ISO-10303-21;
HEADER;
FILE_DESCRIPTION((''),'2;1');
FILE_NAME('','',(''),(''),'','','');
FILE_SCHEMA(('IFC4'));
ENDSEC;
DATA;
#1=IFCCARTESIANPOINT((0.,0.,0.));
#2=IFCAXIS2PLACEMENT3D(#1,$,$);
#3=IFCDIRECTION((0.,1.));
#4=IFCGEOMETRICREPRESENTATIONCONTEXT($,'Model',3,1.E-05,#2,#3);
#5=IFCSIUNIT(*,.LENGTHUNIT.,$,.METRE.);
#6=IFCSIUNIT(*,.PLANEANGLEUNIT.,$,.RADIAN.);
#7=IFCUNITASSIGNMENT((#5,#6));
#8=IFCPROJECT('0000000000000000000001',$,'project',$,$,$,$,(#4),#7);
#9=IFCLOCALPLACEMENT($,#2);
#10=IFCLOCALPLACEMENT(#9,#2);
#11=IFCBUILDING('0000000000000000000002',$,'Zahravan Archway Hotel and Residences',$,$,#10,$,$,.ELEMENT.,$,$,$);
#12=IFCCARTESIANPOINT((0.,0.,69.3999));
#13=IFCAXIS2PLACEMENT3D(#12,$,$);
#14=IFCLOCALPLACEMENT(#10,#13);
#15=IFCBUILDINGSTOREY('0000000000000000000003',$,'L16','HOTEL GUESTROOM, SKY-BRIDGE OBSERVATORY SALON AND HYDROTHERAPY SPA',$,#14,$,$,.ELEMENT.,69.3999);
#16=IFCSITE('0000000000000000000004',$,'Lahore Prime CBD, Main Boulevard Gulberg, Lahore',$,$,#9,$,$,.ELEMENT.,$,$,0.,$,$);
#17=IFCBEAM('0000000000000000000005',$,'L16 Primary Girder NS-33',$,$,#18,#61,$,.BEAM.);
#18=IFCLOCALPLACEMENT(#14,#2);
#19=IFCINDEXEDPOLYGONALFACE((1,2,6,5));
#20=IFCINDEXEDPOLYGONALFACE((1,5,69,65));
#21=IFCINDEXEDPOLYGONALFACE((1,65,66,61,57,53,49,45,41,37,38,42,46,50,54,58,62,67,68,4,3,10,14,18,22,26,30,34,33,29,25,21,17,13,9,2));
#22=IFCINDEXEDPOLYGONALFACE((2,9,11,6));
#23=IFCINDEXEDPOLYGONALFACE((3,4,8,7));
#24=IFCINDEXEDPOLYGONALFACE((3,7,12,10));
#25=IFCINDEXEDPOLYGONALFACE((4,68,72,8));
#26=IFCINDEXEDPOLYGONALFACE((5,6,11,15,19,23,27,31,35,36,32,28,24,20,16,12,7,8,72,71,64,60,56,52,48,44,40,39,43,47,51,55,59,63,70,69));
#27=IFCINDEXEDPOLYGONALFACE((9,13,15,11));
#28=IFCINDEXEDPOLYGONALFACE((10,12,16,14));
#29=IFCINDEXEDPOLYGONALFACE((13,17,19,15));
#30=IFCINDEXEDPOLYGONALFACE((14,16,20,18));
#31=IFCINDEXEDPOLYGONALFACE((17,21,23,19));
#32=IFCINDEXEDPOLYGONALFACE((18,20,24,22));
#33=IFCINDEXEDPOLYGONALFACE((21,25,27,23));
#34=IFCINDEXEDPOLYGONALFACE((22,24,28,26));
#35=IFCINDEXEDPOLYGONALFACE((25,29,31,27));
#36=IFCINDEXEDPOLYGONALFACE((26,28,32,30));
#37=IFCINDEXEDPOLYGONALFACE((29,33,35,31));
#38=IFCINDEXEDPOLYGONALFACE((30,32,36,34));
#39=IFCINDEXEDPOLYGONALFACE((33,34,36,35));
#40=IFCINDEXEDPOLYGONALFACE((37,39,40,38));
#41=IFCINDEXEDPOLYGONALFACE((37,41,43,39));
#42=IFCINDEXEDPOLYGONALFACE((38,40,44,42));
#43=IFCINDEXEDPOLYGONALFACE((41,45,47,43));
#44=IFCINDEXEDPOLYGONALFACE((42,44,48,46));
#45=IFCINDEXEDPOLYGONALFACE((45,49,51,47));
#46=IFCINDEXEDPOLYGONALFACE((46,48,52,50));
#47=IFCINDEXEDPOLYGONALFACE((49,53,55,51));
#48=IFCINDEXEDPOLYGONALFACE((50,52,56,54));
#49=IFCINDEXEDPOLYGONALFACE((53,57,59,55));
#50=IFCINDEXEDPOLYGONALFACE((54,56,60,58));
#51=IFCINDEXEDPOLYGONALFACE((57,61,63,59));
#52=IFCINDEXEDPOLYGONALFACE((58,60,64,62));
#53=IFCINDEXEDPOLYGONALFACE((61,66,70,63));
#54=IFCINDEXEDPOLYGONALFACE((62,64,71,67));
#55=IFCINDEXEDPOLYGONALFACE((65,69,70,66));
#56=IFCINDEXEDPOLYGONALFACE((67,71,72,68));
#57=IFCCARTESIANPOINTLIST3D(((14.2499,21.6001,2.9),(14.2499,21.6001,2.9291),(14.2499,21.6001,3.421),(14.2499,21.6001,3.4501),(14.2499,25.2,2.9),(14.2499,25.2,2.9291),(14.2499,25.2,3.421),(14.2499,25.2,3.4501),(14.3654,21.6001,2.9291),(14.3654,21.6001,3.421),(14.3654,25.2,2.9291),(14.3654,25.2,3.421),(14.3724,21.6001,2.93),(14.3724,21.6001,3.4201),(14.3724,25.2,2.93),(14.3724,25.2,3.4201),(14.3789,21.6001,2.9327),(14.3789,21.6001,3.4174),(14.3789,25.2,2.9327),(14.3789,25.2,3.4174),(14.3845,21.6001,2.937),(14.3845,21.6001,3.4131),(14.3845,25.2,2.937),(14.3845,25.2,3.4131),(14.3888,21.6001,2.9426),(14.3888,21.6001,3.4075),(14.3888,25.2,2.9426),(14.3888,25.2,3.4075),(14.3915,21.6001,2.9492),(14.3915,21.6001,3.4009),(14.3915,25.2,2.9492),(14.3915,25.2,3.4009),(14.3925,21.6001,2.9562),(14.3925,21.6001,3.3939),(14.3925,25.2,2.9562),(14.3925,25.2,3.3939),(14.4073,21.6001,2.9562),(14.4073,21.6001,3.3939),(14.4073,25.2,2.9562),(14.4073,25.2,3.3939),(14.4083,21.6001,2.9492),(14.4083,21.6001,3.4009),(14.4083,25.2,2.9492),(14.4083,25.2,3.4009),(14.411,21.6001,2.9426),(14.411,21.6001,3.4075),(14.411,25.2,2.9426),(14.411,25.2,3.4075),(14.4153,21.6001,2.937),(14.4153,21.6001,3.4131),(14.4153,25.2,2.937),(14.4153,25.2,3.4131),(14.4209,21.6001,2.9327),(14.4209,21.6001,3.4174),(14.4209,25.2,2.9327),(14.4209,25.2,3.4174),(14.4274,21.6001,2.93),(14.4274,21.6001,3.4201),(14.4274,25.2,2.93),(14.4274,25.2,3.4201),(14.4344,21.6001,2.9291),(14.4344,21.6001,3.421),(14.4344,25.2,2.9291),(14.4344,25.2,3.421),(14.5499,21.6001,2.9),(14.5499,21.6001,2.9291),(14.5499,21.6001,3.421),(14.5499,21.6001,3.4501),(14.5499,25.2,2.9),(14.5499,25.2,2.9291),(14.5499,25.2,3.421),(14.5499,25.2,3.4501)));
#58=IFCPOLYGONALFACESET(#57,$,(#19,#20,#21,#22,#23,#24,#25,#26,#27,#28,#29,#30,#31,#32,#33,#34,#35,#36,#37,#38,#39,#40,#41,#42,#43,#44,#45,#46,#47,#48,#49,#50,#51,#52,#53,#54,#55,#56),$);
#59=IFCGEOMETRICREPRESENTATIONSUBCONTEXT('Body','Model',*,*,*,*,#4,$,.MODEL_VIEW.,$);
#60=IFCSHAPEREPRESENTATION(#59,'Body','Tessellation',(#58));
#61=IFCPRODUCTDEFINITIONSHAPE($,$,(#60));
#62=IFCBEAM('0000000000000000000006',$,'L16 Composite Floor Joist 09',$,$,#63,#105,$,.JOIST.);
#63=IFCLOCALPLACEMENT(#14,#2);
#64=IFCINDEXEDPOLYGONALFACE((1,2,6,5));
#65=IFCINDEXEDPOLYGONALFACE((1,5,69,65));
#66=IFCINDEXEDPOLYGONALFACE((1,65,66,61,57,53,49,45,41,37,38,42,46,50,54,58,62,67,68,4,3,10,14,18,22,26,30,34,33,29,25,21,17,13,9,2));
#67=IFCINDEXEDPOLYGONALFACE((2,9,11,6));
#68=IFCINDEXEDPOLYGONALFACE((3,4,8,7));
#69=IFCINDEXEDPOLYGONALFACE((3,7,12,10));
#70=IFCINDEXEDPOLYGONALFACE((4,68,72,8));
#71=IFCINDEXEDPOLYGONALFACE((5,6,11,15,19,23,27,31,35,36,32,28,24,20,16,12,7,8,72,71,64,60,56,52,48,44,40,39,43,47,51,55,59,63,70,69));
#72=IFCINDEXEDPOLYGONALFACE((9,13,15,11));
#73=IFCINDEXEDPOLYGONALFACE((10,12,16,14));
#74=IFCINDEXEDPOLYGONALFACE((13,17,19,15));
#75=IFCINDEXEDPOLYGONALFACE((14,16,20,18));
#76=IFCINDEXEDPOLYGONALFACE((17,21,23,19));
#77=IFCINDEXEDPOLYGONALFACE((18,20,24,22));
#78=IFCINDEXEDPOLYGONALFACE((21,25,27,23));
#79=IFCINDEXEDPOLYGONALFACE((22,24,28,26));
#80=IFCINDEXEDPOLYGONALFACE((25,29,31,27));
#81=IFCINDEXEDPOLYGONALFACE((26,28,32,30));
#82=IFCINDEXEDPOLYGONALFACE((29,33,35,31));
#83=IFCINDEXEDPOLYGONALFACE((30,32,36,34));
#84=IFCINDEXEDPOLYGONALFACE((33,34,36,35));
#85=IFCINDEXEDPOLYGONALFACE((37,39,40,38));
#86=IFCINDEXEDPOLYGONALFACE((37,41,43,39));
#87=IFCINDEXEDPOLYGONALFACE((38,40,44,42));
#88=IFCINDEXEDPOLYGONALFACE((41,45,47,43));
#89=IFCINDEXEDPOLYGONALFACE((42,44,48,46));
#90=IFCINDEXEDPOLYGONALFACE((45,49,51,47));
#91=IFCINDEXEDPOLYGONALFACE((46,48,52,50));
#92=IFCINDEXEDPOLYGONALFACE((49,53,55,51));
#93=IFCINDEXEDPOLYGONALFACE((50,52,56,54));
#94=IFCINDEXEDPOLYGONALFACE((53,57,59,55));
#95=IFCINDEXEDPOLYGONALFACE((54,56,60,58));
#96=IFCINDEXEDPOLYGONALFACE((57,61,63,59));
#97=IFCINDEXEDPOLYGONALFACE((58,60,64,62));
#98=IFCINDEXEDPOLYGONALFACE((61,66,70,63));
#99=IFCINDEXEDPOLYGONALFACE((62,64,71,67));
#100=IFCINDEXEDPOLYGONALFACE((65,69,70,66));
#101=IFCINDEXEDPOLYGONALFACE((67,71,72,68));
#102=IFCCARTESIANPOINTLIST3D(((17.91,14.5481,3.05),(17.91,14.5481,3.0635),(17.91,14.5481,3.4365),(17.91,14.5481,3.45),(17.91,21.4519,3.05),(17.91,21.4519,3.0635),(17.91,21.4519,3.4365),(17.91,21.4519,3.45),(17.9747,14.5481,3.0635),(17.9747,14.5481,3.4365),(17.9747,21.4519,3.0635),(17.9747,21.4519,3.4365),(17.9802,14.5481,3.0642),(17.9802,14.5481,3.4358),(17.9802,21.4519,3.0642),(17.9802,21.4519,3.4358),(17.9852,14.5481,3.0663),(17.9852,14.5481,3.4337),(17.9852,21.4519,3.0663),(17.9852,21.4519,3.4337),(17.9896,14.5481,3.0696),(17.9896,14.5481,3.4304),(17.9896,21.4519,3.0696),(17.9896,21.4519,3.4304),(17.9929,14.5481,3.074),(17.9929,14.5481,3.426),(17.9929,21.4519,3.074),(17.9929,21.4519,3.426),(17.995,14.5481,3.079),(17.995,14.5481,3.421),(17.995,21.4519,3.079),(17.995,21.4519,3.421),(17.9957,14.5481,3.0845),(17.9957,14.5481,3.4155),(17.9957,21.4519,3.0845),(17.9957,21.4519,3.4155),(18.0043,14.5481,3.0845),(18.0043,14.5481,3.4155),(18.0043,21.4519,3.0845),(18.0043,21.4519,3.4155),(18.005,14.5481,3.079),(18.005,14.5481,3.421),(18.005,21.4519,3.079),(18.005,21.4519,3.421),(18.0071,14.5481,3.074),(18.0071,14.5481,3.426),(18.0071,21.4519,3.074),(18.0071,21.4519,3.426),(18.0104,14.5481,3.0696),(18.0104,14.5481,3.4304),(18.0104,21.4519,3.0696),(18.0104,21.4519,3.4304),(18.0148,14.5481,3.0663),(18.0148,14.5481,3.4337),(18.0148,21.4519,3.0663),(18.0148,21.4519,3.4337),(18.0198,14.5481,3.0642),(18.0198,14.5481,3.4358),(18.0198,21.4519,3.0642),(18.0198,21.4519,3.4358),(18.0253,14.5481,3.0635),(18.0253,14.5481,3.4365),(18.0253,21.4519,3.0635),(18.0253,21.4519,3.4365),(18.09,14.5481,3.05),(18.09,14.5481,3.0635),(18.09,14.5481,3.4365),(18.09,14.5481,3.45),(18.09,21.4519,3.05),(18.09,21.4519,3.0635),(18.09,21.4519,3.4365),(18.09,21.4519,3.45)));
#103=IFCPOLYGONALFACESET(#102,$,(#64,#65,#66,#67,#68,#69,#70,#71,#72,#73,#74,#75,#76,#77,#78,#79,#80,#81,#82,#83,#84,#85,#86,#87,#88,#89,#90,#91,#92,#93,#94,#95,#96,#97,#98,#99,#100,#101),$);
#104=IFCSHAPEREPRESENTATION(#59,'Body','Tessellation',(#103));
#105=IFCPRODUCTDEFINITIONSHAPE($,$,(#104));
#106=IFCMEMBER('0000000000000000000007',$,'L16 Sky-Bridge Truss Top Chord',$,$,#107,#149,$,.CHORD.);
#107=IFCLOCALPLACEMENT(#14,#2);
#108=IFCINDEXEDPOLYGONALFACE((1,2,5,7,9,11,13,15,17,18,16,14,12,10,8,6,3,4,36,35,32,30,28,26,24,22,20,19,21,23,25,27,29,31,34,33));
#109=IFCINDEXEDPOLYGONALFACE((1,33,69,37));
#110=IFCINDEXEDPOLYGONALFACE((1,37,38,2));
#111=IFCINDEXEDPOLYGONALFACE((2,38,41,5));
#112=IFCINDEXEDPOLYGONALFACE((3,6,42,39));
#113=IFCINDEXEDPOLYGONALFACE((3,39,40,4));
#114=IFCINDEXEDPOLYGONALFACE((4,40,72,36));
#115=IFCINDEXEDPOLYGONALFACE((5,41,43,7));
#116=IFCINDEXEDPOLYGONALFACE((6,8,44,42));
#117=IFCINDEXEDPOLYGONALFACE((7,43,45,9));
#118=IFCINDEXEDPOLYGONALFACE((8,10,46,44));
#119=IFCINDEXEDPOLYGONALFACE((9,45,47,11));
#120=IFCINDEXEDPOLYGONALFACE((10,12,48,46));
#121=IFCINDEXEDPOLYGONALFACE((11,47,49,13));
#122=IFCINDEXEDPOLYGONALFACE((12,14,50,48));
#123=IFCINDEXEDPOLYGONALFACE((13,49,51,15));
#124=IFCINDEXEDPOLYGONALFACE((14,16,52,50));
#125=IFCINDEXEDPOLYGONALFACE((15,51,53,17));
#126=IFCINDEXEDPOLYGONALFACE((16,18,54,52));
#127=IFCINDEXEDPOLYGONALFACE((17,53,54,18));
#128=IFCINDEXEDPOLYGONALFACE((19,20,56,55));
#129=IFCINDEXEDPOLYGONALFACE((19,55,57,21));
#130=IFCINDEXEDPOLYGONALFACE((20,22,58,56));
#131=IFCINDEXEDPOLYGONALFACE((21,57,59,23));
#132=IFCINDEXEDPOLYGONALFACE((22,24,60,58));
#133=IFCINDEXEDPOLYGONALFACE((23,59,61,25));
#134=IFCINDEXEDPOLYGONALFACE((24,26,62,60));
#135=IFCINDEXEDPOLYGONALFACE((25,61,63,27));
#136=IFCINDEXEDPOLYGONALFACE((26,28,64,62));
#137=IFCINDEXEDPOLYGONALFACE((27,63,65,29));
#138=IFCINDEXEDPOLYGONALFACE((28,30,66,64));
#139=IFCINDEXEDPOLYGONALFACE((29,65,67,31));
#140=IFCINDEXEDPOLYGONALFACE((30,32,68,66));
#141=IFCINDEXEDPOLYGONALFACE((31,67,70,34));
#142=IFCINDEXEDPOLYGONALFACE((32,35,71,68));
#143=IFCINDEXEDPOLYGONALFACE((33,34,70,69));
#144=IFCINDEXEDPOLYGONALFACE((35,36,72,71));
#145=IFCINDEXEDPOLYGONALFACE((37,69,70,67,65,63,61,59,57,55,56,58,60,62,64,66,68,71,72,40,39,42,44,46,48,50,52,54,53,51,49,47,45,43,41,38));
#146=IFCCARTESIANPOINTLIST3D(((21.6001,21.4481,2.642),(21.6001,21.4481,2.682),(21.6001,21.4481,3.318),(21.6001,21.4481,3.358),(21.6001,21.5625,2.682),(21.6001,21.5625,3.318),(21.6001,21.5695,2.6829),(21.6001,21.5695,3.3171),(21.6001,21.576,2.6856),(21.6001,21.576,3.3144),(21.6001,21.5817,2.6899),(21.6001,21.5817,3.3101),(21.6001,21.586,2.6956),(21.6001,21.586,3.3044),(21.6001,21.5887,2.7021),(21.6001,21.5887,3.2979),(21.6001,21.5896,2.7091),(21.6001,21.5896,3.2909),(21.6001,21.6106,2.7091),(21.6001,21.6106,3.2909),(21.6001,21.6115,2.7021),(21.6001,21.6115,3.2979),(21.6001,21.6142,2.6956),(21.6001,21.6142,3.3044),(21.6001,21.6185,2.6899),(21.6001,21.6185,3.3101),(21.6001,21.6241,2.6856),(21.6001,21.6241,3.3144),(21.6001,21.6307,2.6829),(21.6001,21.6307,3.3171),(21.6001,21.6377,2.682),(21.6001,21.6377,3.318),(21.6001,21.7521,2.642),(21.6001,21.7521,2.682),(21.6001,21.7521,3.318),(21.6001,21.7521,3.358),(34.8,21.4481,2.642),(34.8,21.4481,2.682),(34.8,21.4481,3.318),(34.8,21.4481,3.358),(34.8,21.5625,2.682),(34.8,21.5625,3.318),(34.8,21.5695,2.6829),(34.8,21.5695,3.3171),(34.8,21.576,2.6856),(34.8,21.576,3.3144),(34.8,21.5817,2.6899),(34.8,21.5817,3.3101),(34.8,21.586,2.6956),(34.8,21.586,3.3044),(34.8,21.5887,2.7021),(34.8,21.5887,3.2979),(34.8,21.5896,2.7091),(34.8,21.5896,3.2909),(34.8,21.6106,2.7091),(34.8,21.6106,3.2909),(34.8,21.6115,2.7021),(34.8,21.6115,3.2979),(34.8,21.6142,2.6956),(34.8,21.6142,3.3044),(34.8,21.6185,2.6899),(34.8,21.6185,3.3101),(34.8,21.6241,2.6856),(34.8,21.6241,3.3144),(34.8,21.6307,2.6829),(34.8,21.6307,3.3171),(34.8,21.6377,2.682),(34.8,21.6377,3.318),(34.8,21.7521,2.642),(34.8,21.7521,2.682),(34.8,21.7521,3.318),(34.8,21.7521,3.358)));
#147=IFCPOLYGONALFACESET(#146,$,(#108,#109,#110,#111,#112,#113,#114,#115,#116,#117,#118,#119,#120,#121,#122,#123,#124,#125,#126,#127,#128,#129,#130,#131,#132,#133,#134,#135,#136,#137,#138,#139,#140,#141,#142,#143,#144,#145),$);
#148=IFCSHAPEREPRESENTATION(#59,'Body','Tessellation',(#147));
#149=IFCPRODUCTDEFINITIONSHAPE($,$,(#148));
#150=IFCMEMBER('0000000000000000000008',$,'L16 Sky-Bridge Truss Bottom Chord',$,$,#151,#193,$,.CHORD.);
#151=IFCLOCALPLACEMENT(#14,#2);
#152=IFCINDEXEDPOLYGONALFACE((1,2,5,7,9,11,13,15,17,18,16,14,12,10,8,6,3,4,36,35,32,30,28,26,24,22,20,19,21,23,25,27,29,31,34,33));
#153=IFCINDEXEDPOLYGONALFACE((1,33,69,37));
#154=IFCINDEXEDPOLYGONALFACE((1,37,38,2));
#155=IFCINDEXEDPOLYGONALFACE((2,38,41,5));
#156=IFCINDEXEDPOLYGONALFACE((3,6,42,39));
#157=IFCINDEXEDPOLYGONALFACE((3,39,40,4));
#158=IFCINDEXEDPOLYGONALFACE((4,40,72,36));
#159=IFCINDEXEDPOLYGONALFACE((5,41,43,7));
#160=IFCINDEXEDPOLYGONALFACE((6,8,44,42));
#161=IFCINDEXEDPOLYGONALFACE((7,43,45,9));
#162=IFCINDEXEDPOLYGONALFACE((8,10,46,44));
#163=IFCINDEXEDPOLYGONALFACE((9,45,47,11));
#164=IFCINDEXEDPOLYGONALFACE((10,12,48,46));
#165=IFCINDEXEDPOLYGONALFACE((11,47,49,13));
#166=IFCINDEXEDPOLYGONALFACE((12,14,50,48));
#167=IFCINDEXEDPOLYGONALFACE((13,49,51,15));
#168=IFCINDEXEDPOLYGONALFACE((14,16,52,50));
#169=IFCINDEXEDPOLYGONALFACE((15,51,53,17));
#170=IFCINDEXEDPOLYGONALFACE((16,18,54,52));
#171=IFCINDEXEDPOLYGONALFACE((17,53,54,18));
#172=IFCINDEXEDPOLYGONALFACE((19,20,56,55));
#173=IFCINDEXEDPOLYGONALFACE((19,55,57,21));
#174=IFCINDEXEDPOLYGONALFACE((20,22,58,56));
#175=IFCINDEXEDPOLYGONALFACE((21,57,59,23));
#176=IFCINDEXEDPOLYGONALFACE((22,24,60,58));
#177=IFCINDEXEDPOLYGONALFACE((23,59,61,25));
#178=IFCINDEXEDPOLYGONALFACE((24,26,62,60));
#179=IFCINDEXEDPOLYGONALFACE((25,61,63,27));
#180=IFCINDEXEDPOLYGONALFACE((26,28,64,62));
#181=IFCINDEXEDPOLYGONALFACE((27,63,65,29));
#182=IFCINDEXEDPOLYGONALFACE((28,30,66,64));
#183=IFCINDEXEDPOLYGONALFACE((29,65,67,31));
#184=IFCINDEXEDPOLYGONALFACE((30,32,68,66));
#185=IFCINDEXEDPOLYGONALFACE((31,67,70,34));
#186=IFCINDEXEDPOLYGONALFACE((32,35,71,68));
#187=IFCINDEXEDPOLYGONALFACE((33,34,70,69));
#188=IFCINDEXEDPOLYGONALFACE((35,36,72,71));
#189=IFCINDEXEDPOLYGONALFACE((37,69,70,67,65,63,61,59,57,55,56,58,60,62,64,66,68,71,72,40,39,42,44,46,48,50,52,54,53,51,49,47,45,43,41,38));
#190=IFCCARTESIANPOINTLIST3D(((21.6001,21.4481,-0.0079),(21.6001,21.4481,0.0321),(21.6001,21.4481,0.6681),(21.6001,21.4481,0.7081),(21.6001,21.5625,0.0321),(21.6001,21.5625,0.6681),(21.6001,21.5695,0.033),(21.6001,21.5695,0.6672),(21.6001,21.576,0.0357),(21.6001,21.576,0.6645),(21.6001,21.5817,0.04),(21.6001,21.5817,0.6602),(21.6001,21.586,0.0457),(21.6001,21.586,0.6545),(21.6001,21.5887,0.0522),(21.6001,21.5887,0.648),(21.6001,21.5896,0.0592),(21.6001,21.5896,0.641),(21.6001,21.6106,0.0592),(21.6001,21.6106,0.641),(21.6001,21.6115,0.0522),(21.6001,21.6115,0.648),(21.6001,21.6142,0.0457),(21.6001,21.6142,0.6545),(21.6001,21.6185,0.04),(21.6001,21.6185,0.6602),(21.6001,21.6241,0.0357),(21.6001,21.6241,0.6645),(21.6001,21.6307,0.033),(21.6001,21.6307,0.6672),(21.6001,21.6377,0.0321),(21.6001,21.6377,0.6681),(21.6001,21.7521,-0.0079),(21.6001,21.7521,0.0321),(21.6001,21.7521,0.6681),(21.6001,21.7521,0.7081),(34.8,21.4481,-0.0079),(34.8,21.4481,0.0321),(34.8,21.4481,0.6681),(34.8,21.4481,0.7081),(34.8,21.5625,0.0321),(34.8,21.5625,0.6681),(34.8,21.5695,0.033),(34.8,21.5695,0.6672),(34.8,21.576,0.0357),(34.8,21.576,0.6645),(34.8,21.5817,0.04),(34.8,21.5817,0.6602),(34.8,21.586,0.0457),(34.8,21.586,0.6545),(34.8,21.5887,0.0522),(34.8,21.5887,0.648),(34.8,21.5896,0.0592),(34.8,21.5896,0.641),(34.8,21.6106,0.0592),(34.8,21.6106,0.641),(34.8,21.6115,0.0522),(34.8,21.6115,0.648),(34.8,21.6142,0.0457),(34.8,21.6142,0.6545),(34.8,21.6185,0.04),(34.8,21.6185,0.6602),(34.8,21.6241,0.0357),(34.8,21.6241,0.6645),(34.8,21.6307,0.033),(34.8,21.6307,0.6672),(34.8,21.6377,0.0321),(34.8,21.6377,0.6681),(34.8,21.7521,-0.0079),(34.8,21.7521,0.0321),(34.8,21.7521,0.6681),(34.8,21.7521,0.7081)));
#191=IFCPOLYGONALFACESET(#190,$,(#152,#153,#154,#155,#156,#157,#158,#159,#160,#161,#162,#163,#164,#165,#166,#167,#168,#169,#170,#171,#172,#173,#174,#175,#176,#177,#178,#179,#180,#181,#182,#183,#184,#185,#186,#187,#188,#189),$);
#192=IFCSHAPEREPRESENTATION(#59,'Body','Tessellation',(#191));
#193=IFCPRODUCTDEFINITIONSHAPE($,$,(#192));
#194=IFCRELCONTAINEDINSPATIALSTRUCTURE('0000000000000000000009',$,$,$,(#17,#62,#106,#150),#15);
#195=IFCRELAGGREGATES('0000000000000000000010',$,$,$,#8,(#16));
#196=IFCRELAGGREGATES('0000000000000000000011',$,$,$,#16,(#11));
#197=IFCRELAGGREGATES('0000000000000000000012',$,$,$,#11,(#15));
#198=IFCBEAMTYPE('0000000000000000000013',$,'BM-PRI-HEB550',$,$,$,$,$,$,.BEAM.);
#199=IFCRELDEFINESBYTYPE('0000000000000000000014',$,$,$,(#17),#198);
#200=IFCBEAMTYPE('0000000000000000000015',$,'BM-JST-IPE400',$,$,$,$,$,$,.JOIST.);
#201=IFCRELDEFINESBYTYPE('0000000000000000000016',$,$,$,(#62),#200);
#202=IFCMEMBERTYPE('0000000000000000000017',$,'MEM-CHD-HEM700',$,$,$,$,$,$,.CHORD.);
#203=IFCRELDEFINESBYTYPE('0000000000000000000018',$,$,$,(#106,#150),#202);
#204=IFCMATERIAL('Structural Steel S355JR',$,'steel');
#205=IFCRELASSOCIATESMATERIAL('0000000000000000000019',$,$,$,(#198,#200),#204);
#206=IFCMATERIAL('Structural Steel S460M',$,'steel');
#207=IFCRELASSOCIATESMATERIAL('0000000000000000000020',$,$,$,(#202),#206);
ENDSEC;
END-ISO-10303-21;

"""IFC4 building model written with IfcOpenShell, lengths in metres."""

from ifc_helpers import new_model, si_unit, direction, frame, origin, origin_2d, place, context, subcontext, project, spatial, i_section, extrude, source, transform, mapped, material, material_profile, profile_set, type_object, type_shapes, element, save


model = new_model("IFC4")

# Units and contexts
model_context = context("Model", 3, precision=1e-05, world=origin(), true_north=direction((0.0, 1.0)))
body_context = subcontext(model_context, "Body", "Model", "MODEL_VIEW")
ifc_project = project(units=[si_unit("LENGTHUNIT", "METRE"), si_unit("PLANEANGLEUNIT", "RADIAN")], contexts=[model_context])

# Site, building, storey
site_placement = place(None, origin())
site = spatial("IfcSite", under=ifc_project, at=site_placement, Name="Lahore Prime CBD, Main Boulevard Gulberg, Lahore", CompositionType="ELEMENT", RefElevation=0.0)
building_placement = place(site_placement, origin())
building = spatial("IfcBuilding", under=site, at=building_placement, Name="Zahravan Archway Hotel and Residences", CompositionType="ELEMENT")
storey_placement = place(building_placement, frame((0.0, 0.0, 69.3999)))
storey = spatial("IfcBuildingStorey", under=building, at=storey_placement, Name="L16", Description="HOTEL GUESTROOM, SKY-BRIDGE OBSERVATORY SALON AND HYDROTHERAPY SPA", CompositionType="ELEMENT", Elevation=69.3999)

# Beams
ifc_material_1 = material(Name="Structural Steel S355JR", Category="steel")
ifc_material_profile_1 = material_profile(ifc_material_1, i_section(OverallWidth=0.3, OverallDepth=0.55, WebThickness=0.0149, FlangeThickness=0.0291, FilletRadius=0.0271, at=origin_2d()), Name="HEB 550", Category="steel")
ifc_profile_set_1 = profile_set([ifc_material_profile_1], Name="Structural Steel S355JR")
beam_type_1 = type_object("IfcBeamType", Name="BM-PRI-HEB550", PredefinedType="BEAM", material=ifc_profile_set_1)
shared_shape_1 = source(origin(), body_context, "Body", "SweptSolid", [
    extrude(i_section(OverallWidth=0.3, OverallDepth=0.55, WebThickness=0.0149, FlangeThickness=0.0291, FilletRadius=0.0271, at=origin_2d()), origin(), (0.0, 0.0, 1.0), 3.5999),
])
beam_1_placement = place(storey_placement, frame((14.3999, 21.6001, 3.175), z_axis=(0.0, 1.0, 0.0), x_axis=(-1.0, 0.0, 0.0)))
element("IfcBeam", 1, at=beam_1_placement, inside=storey, type_object=beam_type_1, Name="L16 Primary Girder NS-33", PredefinedType="BEAM", context=body_context, shape_type="MappedRepresentation", body=[
    mapped(shared_shape_1, transform((0.0, 0.0, 0.0), scale=1.0)),
])
ifc_material_profile_2 = material_profile(ifc_material_1, i_section(OverallWidth=0.1799, OverallDepth=0.3999, WebThickness=0.0085, FlangeThickness=0.0134, FilletRadius=0.021, at=origin_2d()), Name="IPE 400", Category="steel")
ifc_profile_set_2 = profile_set([ifc_material_profile_2], Name="Structural Steel S355JR")
beam_type_2 = type_object("IfcBeamType", Name="BM-JST-IPE400", PredefinedType="JOIST", material=ifc_profile_set_2)
shared_shape_2 = source(origin(), body_context, "Body", "SweptSolid", [
    extrude(i_section(OverallWidth=0.1799, OverallDepth=0.3999, WebThickness=0.0085, FlangeThickness=0.0134, FilletRadius=0.021, at=origin_2d()), origin(), (0.0, 0.0, 1.0), 6.9038),
])
beam_2_placement = place(storey_placement, frame((18.0, 14.5481, 3.25), z_axis=(0.0, 1.0, 0.0), x_axis=(-1.0, 0.0, 0.0)))
element("IfcBeam", 2, at=beam_2_placement, inside=storey, type_object=beam_type_2, Name="L16 Composite Floor Joist 09", PredefinedType="JOIST", context=body_context, shape_type="MappedRepresentation", body=[
    mapped(shared_shape_2, transform((0.0, 0.0, 0.0), scale=1.0)),
])

# Members
ifc_material_2 = material(Name="Structural Steel S460M", Category="steel")
ifc_material_profile_3 = material_profile(ifc_material_2, i_section(OverallWidth=0.304, OverallDepth=0.7161, WebThickness=0.021, FlangeThickness=0.04, FilletRadius=0.0271, at=origin_2d()), Name="HEM 700", Category="steel")
ifc_profile_set_3 = profile_set([ifc_material_profile_3], Name="Structural Steel S460M")
member_type_1 = type_object("IfcMemberType", Name="MEM-CHD-HEM700", PredefinedType="CHORD", material=ifc_profile_set_3)
shared_shape_3 = source(origin(), body_context, "Body", "SweptSolid", [
    extrude(i_section(OverallWidth=0.304, OverallDepth=0.7161, WebThickness=0.021, FlangeThickness=0.04, FilletRadius=0.0271, at=origin_2d()), origin(), (0.0, 0.0, 1.0), 13.2),
])
type_shapes(member_type_1, [shared_shape_3])
for number, where, z_axis, x_axis, name in (
    (3, (21.6001, 21.6001, 3.0), (1.0, 0.0, 0.0), (0.0, 1.0, 0.0), "L16 Sky-Bridge Truss Top Chord"),
    (4, (21.6001, 21.6001, 0.3501), (1.0, 0.0, 0.0), (0.0, 1.0, 0.0), "L16 Sky-Bridge Truss Bottom Chord"),
):
    element("IfcMember", number, at=place(storey_placement, frame(where, z_axis=z_axis, x_axis=x_axis)), inside=storey, type_object=member_type_1, Name=name, PredefinedType="CHORD", context=body_context, shape_type="MappedRepresentation", body=[
        mapped(shared_shape_3, transform((0.0, 0.0, 0.0), scale=1.0)),
    ])

save(model, "model.ifc")
